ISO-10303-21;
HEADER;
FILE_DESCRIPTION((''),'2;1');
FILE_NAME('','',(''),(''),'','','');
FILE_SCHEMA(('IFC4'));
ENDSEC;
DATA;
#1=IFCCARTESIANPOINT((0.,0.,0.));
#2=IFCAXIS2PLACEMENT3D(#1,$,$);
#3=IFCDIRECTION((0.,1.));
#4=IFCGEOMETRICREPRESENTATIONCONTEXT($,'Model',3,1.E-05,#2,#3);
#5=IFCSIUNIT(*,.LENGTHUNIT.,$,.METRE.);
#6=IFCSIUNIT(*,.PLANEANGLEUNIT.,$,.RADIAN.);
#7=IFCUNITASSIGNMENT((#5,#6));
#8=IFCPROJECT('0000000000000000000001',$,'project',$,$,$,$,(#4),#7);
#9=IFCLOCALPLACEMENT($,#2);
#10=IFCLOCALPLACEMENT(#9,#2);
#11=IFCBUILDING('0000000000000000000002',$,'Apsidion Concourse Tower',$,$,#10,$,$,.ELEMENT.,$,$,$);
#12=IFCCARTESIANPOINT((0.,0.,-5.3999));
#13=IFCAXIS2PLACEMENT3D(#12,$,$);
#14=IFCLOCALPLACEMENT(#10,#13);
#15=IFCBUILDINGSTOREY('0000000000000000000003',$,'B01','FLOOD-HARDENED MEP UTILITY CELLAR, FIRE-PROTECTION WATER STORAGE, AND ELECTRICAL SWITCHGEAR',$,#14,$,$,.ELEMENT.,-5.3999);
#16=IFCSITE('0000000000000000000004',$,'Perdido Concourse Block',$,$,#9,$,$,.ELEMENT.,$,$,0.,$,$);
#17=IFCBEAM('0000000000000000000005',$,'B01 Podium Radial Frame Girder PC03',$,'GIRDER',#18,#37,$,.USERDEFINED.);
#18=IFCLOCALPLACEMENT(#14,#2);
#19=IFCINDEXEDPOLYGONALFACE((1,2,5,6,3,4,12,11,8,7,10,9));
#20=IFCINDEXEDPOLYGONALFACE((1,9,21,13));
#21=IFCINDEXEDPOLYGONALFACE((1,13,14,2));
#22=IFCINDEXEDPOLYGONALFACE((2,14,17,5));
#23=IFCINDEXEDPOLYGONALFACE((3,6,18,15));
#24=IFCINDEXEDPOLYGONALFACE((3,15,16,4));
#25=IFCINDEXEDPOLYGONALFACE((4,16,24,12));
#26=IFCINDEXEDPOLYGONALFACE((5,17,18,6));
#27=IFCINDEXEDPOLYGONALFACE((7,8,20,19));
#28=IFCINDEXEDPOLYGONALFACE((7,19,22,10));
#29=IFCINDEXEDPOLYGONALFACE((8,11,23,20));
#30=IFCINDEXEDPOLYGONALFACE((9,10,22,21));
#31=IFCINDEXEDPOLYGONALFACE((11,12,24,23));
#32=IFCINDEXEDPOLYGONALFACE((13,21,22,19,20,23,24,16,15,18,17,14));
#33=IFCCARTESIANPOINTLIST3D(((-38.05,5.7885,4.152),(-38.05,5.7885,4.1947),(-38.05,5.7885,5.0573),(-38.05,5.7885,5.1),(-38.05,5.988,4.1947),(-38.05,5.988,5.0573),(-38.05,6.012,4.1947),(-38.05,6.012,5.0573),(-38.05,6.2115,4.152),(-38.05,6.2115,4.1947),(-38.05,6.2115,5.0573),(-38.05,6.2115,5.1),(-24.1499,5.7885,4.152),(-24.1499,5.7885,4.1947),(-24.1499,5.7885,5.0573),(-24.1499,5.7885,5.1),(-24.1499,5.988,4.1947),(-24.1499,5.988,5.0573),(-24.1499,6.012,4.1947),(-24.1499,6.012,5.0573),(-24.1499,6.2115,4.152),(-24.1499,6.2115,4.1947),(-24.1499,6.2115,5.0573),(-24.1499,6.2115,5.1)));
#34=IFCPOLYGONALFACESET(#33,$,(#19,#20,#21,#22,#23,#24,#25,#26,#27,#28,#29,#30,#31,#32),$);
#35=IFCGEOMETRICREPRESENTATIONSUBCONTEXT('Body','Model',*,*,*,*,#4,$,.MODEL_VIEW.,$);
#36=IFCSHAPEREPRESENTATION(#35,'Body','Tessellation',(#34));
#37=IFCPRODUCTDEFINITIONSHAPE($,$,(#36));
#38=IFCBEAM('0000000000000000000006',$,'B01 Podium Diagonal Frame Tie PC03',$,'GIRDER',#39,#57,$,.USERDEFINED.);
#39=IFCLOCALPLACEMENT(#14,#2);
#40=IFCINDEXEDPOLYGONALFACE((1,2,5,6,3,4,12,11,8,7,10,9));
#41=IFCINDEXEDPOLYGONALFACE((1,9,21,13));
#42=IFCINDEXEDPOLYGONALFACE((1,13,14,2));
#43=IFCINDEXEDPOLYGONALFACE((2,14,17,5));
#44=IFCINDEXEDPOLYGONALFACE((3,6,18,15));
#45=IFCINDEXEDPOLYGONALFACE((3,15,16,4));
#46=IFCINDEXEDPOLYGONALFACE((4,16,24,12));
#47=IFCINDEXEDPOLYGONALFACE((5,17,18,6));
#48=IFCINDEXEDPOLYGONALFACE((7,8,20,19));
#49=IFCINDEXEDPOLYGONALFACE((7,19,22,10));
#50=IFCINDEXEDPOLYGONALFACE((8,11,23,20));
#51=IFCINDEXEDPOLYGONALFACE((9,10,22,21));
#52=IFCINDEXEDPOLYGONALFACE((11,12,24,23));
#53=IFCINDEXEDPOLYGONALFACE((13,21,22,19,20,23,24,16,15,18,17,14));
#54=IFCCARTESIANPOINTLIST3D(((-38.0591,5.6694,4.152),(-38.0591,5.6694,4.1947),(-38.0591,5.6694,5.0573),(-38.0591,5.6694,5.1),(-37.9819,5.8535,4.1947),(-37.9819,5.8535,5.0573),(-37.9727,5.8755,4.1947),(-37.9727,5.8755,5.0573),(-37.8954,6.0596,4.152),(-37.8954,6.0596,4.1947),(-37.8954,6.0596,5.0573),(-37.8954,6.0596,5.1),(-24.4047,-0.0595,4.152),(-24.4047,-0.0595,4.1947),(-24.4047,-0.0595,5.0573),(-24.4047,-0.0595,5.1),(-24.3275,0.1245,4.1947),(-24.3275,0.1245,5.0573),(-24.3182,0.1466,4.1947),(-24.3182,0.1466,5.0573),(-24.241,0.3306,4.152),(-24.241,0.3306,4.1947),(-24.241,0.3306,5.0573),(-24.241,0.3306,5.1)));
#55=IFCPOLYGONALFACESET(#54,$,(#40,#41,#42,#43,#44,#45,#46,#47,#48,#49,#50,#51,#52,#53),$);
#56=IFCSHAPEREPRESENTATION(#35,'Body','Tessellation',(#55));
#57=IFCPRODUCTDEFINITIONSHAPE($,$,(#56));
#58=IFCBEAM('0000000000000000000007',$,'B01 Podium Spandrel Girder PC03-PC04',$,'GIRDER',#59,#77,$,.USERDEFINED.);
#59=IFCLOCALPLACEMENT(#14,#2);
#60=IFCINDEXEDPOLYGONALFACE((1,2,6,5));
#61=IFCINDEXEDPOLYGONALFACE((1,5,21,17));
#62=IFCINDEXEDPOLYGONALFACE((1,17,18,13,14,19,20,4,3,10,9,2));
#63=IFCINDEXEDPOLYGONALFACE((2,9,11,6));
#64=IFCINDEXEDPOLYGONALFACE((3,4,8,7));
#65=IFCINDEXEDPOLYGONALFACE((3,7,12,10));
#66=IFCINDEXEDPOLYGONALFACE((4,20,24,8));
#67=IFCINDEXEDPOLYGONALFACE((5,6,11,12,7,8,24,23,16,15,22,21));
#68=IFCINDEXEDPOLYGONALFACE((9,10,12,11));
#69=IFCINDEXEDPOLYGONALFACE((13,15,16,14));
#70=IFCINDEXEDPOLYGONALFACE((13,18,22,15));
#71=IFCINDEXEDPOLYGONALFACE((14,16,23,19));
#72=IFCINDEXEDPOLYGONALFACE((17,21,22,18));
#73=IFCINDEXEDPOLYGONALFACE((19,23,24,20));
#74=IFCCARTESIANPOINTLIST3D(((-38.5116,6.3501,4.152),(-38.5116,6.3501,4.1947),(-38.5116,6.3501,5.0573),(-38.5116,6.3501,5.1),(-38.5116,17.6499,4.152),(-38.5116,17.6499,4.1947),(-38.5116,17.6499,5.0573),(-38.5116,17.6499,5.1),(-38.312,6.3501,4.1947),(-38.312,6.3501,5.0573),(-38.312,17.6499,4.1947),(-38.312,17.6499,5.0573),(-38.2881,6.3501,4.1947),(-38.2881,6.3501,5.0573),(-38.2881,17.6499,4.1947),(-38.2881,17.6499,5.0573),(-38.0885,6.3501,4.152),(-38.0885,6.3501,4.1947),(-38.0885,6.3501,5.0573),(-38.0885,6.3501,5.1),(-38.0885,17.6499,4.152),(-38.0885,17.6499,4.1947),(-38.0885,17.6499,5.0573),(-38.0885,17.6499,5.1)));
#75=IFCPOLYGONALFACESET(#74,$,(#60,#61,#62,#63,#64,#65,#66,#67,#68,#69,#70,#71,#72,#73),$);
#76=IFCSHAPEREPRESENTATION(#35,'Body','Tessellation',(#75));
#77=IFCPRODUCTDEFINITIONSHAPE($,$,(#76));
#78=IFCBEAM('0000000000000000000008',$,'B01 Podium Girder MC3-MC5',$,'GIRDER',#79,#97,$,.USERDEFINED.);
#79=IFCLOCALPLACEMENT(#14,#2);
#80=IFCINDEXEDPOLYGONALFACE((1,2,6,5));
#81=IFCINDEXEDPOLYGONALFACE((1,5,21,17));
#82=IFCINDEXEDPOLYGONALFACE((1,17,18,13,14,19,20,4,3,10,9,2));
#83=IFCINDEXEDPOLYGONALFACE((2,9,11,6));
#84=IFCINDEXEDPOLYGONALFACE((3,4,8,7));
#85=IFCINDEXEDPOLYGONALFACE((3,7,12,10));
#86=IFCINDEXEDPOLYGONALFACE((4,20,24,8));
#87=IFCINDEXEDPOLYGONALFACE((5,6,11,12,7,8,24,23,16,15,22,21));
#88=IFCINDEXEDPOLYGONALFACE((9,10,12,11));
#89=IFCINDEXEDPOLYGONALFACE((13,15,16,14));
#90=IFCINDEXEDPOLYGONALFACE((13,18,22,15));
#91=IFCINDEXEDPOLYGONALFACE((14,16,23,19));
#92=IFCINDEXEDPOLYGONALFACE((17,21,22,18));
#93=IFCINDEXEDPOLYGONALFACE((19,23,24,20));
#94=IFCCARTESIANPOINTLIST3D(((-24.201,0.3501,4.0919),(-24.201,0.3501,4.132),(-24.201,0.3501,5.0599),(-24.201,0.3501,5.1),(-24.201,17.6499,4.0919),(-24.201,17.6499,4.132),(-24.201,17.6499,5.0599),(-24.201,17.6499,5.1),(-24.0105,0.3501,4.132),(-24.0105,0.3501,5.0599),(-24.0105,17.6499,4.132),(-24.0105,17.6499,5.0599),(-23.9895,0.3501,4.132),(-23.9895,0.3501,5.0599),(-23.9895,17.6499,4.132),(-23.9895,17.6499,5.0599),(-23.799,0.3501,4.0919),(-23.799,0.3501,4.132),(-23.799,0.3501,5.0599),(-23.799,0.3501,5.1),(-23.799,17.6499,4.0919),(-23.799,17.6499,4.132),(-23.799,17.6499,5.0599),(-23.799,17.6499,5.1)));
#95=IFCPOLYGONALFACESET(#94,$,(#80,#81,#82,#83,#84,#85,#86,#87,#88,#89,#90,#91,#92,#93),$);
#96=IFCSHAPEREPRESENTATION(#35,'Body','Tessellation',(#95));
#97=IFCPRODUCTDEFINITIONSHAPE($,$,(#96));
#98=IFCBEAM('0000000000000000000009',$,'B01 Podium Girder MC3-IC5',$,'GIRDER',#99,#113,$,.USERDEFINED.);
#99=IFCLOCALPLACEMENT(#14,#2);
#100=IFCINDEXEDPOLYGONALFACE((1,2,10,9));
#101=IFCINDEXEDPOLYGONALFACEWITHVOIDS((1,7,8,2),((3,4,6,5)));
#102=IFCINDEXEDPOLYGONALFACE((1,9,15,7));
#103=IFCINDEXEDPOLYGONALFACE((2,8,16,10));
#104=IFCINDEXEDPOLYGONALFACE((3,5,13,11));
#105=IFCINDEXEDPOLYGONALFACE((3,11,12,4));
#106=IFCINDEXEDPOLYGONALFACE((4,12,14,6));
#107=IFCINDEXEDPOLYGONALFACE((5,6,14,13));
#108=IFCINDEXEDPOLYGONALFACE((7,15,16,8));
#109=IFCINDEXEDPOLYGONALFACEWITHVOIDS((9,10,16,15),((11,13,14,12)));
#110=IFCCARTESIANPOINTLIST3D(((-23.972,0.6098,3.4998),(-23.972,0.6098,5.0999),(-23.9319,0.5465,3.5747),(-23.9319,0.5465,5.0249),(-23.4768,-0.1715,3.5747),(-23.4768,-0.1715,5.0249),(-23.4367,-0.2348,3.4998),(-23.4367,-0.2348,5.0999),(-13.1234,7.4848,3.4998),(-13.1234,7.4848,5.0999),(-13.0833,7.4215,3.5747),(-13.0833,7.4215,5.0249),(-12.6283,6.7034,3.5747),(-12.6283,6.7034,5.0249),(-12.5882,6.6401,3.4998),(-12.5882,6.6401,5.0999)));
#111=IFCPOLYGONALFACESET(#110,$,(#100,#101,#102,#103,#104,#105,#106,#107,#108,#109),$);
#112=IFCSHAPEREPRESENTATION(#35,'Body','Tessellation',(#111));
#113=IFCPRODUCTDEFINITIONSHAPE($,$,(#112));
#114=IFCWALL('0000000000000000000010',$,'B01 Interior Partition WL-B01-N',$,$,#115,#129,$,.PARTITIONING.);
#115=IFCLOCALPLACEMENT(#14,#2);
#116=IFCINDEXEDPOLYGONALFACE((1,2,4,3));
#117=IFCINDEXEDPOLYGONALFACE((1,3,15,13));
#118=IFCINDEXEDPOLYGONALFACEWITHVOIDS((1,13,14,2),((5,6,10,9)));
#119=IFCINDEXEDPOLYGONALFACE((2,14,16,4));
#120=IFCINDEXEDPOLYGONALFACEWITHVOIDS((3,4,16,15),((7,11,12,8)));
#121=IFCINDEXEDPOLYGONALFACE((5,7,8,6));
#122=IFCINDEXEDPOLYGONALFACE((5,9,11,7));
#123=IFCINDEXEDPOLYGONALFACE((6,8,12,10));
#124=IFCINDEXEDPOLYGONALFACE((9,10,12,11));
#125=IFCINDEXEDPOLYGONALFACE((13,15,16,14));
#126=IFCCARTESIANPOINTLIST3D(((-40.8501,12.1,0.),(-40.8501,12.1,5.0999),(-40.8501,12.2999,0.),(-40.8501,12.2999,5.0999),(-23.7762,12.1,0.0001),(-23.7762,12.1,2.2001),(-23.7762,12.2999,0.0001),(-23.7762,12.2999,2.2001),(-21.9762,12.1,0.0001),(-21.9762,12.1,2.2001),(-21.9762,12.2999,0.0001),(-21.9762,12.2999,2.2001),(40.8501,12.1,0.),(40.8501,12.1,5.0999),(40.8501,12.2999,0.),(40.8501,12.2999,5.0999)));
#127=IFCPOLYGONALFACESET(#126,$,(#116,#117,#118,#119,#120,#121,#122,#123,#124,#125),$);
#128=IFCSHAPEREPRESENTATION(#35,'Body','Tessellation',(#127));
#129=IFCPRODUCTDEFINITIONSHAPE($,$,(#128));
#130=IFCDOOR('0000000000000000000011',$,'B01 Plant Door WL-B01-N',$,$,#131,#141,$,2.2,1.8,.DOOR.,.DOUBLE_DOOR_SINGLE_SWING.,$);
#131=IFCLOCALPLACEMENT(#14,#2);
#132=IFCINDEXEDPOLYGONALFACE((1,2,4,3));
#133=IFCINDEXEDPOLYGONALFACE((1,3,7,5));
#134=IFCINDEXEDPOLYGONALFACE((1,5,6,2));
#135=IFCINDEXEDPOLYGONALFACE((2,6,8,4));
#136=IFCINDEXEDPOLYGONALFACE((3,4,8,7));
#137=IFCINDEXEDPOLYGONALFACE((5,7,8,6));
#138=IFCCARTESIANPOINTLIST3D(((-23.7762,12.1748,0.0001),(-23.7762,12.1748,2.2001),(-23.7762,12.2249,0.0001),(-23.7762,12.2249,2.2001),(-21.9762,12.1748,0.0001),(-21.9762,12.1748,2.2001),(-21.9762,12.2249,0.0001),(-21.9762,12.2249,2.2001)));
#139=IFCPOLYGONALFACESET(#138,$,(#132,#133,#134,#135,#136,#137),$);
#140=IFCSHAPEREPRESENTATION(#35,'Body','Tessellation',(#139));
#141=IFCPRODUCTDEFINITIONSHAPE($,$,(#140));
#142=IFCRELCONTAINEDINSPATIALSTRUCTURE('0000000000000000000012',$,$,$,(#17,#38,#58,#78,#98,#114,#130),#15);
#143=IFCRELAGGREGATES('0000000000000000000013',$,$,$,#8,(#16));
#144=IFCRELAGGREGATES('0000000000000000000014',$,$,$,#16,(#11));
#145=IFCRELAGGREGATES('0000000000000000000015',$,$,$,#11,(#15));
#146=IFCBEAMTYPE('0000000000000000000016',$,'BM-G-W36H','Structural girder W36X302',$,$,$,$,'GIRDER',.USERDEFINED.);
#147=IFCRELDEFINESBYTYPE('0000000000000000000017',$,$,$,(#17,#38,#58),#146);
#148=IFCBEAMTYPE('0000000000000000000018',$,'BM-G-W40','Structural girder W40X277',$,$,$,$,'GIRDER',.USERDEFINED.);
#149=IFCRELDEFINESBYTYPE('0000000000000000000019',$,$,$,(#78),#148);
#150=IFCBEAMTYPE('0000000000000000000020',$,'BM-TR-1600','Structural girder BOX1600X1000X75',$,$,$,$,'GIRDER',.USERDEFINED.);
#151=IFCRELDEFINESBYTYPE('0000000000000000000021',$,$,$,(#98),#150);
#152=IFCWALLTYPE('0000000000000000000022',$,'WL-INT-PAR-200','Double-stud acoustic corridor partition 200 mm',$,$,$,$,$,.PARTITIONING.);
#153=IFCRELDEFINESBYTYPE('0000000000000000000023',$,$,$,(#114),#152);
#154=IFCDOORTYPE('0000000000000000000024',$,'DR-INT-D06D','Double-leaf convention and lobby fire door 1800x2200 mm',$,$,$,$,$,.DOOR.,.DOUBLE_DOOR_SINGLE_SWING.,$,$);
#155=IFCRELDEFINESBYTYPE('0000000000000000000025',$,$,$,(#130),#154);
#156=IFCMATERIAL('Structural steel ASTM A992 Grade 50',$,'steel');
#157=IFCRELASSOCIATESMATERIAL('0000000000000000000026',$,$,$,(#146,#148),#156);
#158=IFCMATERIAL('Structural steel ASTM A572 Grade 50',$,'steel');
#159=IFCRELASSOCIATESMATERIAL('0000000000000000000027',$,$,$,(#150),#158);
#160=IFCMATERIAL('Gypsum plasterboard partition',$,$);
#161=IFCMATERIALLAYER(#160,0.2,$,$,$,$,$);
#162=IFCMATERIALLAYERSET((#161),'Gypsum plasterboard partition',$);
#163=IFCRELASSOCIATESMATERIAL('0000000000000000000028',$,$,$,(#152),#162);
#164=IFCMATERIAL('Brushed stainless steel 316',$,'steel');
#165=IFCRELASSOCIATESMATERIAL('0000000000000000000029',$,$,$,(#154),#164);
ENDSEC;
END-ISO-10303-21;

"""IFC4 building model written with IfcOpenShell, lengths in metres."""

from ifc_helpers import new_model, si_unit, direction, frame, frame_2d, origin, origin_2d, place, context, subcontext, project, spatial, rectangle, hollow_rectangle, i_section, extrude, material, layer, layer_set, material_profile, profile_set, type_object, element, fill, save


model = new_model("IFC4")

# Units and contexts
model_context = context("Model", 3, precision=1e-05, world=origin(), true_north=direction((0.0, 1.0)))
body_context = subcontext(model_context, "Body", "Model", "MODEL_VIEW")
ifc_project = project(units=[si_unit("LENGTHUNIT", "METRE"), si_unit("PLANEANGLEUNIT", "RADIAN")], contexts=[model_context])

# Site, building, storey
site_placement = place(None, origin())
site = spatial("IfcSite", under=ifc_project, at=site_placement, Name="Perdido Concourse Block", CompositionType="ELEMENT", RefElevation=0.0)
building_placement = place(site_placement, origin())
building = spatial("IfcBuilding", under=site, at=building_placement, Name="Apsidion Concourse Tower", CompositionType="ELEMENT")
storey_placement = place(building_placement, frame((0.0, 0.0, -5.3999)))
storey = spatial("IfcBuildingStorey", under=building, at=storey_placement, Name="B01", Description="FLOOD-HARDENED MEP UTILITY CELLAR, FIRE-PROTECTION WATER STORAGE, AND ELECTRICAL SWITCHGEAR", CompositionType="ELEMENT", Elevation=-5.3999)

# Shared definitions
ifc_material_1 = material(Name="Structural steel ASTM A572 Grade 50", Category="steel")

# Beams
ifc_material_2 = material(Name="Structural steel ASTM A992 Grade 50", Category="steel")
ifc_material_profile_1 = material_profile(ifc_material_2, i_section(OverallWidth=0.4231, OverallDepth=0.948, WebThickness=0.0239, FlangeThickness=0.0427, at=origin_2d()), Name="W36X302")
ifc_profile_set_1 = profile_set([ifc_material_profile_1], Name="Structural steel ASTM A992 Grade 50")
beam_type_1 = type_object("IfcBeamType", Name="BM-G-W36H", Description="Structural girder W36X302", ElementType="GIRDER", PredefinedType="USERDEFINED", material=ifc_profile_set_1)
beam_1_placement = place(storey_placement, frame((-38.05, 6.0, 4.626), z_axis=(1.0, 0.0, 0.0), x_axis=(0.0, 1.0, 0.0)))
element("IfcBeam", 1, at=beam_1_placement, inside=storey, type_object=beam_type_1, Name="B01 Podium Radial Frame Girder PC03", ObjectType="GIRDER", PredefinedType="USERDEFINED", context=body_context, shape_type="SweptSolid", body=[
    extrude(i_section(OverallWidth=0.4231, OverallDepth=0.948, WebThickness=0.0239, FlangeThickness=0.0427, at=origin_2d()), origin(), (0.0, 0.0, 1.0), 13.9001),
])
beam_2_placement = place(storey_placement, frame((-37.9773, 5.8645, 4.626), z_axis=(0.922124, -0.386894, 0.0), x_axis=(0.386894, 0.922124, 0.0)))
element("IfcBeam", 2, at=beam_2_placement, inside=storey, type_object=beam_type_1, Name="B01 Podium Diagonal Frame Tie PC03", ObjectType="GIRDER", PredefinedType="USERDEFINED", context=body_context, shape_type="SweptSolid", body=[
    extrude(i_section(OverallWidth=0.4231, OverallDepth=0.948, WebThickness=0.0239, FlangeThickness=0.0427, at=origin_2d()), origin(), (0.0, 0.0, 1.0), 14.8076),
])
beam_3_placement = place(storey_placement, frame((-38.3, 6.3501, 4.626), z_axis=(0.0, 1.0, 0.0), x_axis=(-1.0, 0.0, 0.0)))
element("IfcBeam", 3, at=beam_3_placement, inside=storey, type_object=beam_type_1, Name="B01 Podium Spandrel Girder PC03-PC04", ObjectType="GIRDER", PredefinedType="USERDEFINED", context=body_context, shape_type="SweptSolid", body=[
    extrude(i_section(OverallWidth=0.4231, OverallDepth=0.948, WebThickness=0.0239, FlangeThickness=0.0427, at=origin_2d()), origin(), (0.0, 0.0, 1.0), 11.2998),
])
ifc_material_profile_2 = material_profile(ifc_material_2, i_section(OverallWidth=0.4021, OverallDepth=1.0081, WebThickness=0.021, FlangeThickness=0.04, at=origin_2d()), Name="W40X277")
ifc_profile_set_2 = profile_set([ifc_material_profile_2], Name="Structural steel ASTM A992 Grade 50")
beam_type_2 = type_object("IfcBeamType", Name="BM-G-W40", Description="Structural girder W40X277", ElementType="GIRDER", PredefinedType="USERDEFINED", material=ifc_profile_set_2)
beam_4_placement = place(storey_placement, frame((-24.0, 0.3501, 4.5959), z_axis=(0.0, 1.0, 0.0), x_axis=(-1.0, 0.0, 0.0)))
element("IfcBeam", 4, at=beam_4_placement, inside=storey, type_object=beam_type_2, Name="B01 Podium Girder MC3-MC5", ObjectType="GIRDER", PredefinedType="USERDEFINED", context=body_context, shape_type="SweptSolid", body=[
    extrude(i_section(OverallWidth=0.4021, OverallDepth=1.0081, WebThickness=0.021, FlangeThickness=0.04, at=origin_2d()), origin(), (0.0, 0.0, 1.0), 17.2998),
])
ifc_material_profile_3 = material_profile(ifc_material_1, hollow_rectangle(XDim=1.0, YDim=1.6001, WallThickness=0.075, at=origin_2d()), Name="BOX1600X1000X75")
ifc_profile_set_3 = profile_set([ifc_material_profile_3], Name="Structural steel ASTM A572 Grade 50")
beam_type_3 = type_object("IfcBeamType", Name="BM-TR-1600", Description="Structural girder BOX1600X1000X75", ElementType="GIRDER", PredefinedType="USERDEFINED", material=ifc_profile_set_3)
beam_5_placement = place(storey_placement, frame((-23.7043, 0.1875, 4.2998), z_axis=(0.844671, 0.535285, 0.0), x_axis=(-0.535285, 0.844671, 0.0)))
element("IfcBeam", 5, at=beam_5_placement, inside=storey, type_object=beam_type_3, Name="B01 Podium Girder MC3-IC5", ObjectType="GIRDER", PredefinedType="USERDEFINED", context=body_context, shape_type="SweptSolid", body=[
    extrude(hollow_rectangle(XDim=1.0, YDim=1.6001, WallThickness=0.075, at=origin_2d()), origin(), (0.0, 0.0, 1.0), 12.8435),
])

# Wall, opening, door
ifc_material_3 = material(Name="Gypsum plasterboard partition")
ifc_layer = layer(ifc_material_3, 0.2)
ifc_layer_set = layer_set([ifc_layer], Name="Gypsum plasterboard partition")
wall_type = type_object("IfcWallType", Name="WL-INT-PAR-200", Description="Double-stud acoustic corridor partition 200 mm", PredefinedType="PARTITIONING", material=ifc_layer_set)
wall_placement = place(storey_placement, frame((-40.8501, 12.2, 0.0), z_axis=(0.0, 0.0, 1.0), x_axis=(1.0, 0.0, 0.0)))
wall = element("IfcWall", 6, at=wall_placement, inside=storey, type_object=wall_type, Name="B01 Interior Partition WL-B01-N", PredefinedType="PARTITIONING", context=body_context, shape_type="SweptSolid", body=[
    extrude(rectangle(XDim=81.7002, YDim=0.2, at=frame_2d((40.8501, 0.0))), origin(), (0.0, 0.0, 1.0), 5.0999),
])
opening_placement = place(wall_placement, frame((17.074, 0.0, 0.0)))
opening = element("IfcOpeningElement", 7, at=opening_placement, cuts=wall, PredefinedType="OPENING", context=body_context, shape_type="SweptSolid", body=[
    extrude(rectangle(XDim=1.8, YDim=2.2, at=frame_2d((0.8999, 1.1001))), frame((0.0, 0.1099, 0.0), z_axis=(0.0, -1.0, 0.0), x_axis=(1.0, 0.0, 0.0)), (0.0, 0.0, 1.0), 0.22),
])
ifc_material_4 = material(Name="Brushed stainless steel 316", Category="steel")
door_type = type_object("IfcDoorType", Name="DR-INT-D06D", Description="Double-leaf convention and lobby fire door 1800x2200 mm", OperationType="DOUBLE_DOOR_SINGLE_SWING", PredefinedType="DOOR", material=ifc_material_4)
door_placement = place(opening_placement, origin())
door = element("IfcDoor", 8, at=door_placement, inside=storey, type_object=door_type, Name="B01 Plant Door WL-B01-N", OperationType="DOUBLE_DOOR_SINGLE_SWING", OverallHeight=2.2, OverallWidth=1.8, PredefinedType="DOOR", context=body_context, shape_type="SweptSolid", body=[
    extrude(rectangle(XDim=1.8, YDim=2.2, at=frame_2d((0.8999, 1.1001))), frame((0.0, 0.0249, 0.0), z_axis=(0.0, -1.0, 0.0), x_axis=(1.0, 0.0, 0.0)), (0.0, 0.0, 1.0), 0.05),
])
fill(opening, door)

save(model, "model.ifc")
